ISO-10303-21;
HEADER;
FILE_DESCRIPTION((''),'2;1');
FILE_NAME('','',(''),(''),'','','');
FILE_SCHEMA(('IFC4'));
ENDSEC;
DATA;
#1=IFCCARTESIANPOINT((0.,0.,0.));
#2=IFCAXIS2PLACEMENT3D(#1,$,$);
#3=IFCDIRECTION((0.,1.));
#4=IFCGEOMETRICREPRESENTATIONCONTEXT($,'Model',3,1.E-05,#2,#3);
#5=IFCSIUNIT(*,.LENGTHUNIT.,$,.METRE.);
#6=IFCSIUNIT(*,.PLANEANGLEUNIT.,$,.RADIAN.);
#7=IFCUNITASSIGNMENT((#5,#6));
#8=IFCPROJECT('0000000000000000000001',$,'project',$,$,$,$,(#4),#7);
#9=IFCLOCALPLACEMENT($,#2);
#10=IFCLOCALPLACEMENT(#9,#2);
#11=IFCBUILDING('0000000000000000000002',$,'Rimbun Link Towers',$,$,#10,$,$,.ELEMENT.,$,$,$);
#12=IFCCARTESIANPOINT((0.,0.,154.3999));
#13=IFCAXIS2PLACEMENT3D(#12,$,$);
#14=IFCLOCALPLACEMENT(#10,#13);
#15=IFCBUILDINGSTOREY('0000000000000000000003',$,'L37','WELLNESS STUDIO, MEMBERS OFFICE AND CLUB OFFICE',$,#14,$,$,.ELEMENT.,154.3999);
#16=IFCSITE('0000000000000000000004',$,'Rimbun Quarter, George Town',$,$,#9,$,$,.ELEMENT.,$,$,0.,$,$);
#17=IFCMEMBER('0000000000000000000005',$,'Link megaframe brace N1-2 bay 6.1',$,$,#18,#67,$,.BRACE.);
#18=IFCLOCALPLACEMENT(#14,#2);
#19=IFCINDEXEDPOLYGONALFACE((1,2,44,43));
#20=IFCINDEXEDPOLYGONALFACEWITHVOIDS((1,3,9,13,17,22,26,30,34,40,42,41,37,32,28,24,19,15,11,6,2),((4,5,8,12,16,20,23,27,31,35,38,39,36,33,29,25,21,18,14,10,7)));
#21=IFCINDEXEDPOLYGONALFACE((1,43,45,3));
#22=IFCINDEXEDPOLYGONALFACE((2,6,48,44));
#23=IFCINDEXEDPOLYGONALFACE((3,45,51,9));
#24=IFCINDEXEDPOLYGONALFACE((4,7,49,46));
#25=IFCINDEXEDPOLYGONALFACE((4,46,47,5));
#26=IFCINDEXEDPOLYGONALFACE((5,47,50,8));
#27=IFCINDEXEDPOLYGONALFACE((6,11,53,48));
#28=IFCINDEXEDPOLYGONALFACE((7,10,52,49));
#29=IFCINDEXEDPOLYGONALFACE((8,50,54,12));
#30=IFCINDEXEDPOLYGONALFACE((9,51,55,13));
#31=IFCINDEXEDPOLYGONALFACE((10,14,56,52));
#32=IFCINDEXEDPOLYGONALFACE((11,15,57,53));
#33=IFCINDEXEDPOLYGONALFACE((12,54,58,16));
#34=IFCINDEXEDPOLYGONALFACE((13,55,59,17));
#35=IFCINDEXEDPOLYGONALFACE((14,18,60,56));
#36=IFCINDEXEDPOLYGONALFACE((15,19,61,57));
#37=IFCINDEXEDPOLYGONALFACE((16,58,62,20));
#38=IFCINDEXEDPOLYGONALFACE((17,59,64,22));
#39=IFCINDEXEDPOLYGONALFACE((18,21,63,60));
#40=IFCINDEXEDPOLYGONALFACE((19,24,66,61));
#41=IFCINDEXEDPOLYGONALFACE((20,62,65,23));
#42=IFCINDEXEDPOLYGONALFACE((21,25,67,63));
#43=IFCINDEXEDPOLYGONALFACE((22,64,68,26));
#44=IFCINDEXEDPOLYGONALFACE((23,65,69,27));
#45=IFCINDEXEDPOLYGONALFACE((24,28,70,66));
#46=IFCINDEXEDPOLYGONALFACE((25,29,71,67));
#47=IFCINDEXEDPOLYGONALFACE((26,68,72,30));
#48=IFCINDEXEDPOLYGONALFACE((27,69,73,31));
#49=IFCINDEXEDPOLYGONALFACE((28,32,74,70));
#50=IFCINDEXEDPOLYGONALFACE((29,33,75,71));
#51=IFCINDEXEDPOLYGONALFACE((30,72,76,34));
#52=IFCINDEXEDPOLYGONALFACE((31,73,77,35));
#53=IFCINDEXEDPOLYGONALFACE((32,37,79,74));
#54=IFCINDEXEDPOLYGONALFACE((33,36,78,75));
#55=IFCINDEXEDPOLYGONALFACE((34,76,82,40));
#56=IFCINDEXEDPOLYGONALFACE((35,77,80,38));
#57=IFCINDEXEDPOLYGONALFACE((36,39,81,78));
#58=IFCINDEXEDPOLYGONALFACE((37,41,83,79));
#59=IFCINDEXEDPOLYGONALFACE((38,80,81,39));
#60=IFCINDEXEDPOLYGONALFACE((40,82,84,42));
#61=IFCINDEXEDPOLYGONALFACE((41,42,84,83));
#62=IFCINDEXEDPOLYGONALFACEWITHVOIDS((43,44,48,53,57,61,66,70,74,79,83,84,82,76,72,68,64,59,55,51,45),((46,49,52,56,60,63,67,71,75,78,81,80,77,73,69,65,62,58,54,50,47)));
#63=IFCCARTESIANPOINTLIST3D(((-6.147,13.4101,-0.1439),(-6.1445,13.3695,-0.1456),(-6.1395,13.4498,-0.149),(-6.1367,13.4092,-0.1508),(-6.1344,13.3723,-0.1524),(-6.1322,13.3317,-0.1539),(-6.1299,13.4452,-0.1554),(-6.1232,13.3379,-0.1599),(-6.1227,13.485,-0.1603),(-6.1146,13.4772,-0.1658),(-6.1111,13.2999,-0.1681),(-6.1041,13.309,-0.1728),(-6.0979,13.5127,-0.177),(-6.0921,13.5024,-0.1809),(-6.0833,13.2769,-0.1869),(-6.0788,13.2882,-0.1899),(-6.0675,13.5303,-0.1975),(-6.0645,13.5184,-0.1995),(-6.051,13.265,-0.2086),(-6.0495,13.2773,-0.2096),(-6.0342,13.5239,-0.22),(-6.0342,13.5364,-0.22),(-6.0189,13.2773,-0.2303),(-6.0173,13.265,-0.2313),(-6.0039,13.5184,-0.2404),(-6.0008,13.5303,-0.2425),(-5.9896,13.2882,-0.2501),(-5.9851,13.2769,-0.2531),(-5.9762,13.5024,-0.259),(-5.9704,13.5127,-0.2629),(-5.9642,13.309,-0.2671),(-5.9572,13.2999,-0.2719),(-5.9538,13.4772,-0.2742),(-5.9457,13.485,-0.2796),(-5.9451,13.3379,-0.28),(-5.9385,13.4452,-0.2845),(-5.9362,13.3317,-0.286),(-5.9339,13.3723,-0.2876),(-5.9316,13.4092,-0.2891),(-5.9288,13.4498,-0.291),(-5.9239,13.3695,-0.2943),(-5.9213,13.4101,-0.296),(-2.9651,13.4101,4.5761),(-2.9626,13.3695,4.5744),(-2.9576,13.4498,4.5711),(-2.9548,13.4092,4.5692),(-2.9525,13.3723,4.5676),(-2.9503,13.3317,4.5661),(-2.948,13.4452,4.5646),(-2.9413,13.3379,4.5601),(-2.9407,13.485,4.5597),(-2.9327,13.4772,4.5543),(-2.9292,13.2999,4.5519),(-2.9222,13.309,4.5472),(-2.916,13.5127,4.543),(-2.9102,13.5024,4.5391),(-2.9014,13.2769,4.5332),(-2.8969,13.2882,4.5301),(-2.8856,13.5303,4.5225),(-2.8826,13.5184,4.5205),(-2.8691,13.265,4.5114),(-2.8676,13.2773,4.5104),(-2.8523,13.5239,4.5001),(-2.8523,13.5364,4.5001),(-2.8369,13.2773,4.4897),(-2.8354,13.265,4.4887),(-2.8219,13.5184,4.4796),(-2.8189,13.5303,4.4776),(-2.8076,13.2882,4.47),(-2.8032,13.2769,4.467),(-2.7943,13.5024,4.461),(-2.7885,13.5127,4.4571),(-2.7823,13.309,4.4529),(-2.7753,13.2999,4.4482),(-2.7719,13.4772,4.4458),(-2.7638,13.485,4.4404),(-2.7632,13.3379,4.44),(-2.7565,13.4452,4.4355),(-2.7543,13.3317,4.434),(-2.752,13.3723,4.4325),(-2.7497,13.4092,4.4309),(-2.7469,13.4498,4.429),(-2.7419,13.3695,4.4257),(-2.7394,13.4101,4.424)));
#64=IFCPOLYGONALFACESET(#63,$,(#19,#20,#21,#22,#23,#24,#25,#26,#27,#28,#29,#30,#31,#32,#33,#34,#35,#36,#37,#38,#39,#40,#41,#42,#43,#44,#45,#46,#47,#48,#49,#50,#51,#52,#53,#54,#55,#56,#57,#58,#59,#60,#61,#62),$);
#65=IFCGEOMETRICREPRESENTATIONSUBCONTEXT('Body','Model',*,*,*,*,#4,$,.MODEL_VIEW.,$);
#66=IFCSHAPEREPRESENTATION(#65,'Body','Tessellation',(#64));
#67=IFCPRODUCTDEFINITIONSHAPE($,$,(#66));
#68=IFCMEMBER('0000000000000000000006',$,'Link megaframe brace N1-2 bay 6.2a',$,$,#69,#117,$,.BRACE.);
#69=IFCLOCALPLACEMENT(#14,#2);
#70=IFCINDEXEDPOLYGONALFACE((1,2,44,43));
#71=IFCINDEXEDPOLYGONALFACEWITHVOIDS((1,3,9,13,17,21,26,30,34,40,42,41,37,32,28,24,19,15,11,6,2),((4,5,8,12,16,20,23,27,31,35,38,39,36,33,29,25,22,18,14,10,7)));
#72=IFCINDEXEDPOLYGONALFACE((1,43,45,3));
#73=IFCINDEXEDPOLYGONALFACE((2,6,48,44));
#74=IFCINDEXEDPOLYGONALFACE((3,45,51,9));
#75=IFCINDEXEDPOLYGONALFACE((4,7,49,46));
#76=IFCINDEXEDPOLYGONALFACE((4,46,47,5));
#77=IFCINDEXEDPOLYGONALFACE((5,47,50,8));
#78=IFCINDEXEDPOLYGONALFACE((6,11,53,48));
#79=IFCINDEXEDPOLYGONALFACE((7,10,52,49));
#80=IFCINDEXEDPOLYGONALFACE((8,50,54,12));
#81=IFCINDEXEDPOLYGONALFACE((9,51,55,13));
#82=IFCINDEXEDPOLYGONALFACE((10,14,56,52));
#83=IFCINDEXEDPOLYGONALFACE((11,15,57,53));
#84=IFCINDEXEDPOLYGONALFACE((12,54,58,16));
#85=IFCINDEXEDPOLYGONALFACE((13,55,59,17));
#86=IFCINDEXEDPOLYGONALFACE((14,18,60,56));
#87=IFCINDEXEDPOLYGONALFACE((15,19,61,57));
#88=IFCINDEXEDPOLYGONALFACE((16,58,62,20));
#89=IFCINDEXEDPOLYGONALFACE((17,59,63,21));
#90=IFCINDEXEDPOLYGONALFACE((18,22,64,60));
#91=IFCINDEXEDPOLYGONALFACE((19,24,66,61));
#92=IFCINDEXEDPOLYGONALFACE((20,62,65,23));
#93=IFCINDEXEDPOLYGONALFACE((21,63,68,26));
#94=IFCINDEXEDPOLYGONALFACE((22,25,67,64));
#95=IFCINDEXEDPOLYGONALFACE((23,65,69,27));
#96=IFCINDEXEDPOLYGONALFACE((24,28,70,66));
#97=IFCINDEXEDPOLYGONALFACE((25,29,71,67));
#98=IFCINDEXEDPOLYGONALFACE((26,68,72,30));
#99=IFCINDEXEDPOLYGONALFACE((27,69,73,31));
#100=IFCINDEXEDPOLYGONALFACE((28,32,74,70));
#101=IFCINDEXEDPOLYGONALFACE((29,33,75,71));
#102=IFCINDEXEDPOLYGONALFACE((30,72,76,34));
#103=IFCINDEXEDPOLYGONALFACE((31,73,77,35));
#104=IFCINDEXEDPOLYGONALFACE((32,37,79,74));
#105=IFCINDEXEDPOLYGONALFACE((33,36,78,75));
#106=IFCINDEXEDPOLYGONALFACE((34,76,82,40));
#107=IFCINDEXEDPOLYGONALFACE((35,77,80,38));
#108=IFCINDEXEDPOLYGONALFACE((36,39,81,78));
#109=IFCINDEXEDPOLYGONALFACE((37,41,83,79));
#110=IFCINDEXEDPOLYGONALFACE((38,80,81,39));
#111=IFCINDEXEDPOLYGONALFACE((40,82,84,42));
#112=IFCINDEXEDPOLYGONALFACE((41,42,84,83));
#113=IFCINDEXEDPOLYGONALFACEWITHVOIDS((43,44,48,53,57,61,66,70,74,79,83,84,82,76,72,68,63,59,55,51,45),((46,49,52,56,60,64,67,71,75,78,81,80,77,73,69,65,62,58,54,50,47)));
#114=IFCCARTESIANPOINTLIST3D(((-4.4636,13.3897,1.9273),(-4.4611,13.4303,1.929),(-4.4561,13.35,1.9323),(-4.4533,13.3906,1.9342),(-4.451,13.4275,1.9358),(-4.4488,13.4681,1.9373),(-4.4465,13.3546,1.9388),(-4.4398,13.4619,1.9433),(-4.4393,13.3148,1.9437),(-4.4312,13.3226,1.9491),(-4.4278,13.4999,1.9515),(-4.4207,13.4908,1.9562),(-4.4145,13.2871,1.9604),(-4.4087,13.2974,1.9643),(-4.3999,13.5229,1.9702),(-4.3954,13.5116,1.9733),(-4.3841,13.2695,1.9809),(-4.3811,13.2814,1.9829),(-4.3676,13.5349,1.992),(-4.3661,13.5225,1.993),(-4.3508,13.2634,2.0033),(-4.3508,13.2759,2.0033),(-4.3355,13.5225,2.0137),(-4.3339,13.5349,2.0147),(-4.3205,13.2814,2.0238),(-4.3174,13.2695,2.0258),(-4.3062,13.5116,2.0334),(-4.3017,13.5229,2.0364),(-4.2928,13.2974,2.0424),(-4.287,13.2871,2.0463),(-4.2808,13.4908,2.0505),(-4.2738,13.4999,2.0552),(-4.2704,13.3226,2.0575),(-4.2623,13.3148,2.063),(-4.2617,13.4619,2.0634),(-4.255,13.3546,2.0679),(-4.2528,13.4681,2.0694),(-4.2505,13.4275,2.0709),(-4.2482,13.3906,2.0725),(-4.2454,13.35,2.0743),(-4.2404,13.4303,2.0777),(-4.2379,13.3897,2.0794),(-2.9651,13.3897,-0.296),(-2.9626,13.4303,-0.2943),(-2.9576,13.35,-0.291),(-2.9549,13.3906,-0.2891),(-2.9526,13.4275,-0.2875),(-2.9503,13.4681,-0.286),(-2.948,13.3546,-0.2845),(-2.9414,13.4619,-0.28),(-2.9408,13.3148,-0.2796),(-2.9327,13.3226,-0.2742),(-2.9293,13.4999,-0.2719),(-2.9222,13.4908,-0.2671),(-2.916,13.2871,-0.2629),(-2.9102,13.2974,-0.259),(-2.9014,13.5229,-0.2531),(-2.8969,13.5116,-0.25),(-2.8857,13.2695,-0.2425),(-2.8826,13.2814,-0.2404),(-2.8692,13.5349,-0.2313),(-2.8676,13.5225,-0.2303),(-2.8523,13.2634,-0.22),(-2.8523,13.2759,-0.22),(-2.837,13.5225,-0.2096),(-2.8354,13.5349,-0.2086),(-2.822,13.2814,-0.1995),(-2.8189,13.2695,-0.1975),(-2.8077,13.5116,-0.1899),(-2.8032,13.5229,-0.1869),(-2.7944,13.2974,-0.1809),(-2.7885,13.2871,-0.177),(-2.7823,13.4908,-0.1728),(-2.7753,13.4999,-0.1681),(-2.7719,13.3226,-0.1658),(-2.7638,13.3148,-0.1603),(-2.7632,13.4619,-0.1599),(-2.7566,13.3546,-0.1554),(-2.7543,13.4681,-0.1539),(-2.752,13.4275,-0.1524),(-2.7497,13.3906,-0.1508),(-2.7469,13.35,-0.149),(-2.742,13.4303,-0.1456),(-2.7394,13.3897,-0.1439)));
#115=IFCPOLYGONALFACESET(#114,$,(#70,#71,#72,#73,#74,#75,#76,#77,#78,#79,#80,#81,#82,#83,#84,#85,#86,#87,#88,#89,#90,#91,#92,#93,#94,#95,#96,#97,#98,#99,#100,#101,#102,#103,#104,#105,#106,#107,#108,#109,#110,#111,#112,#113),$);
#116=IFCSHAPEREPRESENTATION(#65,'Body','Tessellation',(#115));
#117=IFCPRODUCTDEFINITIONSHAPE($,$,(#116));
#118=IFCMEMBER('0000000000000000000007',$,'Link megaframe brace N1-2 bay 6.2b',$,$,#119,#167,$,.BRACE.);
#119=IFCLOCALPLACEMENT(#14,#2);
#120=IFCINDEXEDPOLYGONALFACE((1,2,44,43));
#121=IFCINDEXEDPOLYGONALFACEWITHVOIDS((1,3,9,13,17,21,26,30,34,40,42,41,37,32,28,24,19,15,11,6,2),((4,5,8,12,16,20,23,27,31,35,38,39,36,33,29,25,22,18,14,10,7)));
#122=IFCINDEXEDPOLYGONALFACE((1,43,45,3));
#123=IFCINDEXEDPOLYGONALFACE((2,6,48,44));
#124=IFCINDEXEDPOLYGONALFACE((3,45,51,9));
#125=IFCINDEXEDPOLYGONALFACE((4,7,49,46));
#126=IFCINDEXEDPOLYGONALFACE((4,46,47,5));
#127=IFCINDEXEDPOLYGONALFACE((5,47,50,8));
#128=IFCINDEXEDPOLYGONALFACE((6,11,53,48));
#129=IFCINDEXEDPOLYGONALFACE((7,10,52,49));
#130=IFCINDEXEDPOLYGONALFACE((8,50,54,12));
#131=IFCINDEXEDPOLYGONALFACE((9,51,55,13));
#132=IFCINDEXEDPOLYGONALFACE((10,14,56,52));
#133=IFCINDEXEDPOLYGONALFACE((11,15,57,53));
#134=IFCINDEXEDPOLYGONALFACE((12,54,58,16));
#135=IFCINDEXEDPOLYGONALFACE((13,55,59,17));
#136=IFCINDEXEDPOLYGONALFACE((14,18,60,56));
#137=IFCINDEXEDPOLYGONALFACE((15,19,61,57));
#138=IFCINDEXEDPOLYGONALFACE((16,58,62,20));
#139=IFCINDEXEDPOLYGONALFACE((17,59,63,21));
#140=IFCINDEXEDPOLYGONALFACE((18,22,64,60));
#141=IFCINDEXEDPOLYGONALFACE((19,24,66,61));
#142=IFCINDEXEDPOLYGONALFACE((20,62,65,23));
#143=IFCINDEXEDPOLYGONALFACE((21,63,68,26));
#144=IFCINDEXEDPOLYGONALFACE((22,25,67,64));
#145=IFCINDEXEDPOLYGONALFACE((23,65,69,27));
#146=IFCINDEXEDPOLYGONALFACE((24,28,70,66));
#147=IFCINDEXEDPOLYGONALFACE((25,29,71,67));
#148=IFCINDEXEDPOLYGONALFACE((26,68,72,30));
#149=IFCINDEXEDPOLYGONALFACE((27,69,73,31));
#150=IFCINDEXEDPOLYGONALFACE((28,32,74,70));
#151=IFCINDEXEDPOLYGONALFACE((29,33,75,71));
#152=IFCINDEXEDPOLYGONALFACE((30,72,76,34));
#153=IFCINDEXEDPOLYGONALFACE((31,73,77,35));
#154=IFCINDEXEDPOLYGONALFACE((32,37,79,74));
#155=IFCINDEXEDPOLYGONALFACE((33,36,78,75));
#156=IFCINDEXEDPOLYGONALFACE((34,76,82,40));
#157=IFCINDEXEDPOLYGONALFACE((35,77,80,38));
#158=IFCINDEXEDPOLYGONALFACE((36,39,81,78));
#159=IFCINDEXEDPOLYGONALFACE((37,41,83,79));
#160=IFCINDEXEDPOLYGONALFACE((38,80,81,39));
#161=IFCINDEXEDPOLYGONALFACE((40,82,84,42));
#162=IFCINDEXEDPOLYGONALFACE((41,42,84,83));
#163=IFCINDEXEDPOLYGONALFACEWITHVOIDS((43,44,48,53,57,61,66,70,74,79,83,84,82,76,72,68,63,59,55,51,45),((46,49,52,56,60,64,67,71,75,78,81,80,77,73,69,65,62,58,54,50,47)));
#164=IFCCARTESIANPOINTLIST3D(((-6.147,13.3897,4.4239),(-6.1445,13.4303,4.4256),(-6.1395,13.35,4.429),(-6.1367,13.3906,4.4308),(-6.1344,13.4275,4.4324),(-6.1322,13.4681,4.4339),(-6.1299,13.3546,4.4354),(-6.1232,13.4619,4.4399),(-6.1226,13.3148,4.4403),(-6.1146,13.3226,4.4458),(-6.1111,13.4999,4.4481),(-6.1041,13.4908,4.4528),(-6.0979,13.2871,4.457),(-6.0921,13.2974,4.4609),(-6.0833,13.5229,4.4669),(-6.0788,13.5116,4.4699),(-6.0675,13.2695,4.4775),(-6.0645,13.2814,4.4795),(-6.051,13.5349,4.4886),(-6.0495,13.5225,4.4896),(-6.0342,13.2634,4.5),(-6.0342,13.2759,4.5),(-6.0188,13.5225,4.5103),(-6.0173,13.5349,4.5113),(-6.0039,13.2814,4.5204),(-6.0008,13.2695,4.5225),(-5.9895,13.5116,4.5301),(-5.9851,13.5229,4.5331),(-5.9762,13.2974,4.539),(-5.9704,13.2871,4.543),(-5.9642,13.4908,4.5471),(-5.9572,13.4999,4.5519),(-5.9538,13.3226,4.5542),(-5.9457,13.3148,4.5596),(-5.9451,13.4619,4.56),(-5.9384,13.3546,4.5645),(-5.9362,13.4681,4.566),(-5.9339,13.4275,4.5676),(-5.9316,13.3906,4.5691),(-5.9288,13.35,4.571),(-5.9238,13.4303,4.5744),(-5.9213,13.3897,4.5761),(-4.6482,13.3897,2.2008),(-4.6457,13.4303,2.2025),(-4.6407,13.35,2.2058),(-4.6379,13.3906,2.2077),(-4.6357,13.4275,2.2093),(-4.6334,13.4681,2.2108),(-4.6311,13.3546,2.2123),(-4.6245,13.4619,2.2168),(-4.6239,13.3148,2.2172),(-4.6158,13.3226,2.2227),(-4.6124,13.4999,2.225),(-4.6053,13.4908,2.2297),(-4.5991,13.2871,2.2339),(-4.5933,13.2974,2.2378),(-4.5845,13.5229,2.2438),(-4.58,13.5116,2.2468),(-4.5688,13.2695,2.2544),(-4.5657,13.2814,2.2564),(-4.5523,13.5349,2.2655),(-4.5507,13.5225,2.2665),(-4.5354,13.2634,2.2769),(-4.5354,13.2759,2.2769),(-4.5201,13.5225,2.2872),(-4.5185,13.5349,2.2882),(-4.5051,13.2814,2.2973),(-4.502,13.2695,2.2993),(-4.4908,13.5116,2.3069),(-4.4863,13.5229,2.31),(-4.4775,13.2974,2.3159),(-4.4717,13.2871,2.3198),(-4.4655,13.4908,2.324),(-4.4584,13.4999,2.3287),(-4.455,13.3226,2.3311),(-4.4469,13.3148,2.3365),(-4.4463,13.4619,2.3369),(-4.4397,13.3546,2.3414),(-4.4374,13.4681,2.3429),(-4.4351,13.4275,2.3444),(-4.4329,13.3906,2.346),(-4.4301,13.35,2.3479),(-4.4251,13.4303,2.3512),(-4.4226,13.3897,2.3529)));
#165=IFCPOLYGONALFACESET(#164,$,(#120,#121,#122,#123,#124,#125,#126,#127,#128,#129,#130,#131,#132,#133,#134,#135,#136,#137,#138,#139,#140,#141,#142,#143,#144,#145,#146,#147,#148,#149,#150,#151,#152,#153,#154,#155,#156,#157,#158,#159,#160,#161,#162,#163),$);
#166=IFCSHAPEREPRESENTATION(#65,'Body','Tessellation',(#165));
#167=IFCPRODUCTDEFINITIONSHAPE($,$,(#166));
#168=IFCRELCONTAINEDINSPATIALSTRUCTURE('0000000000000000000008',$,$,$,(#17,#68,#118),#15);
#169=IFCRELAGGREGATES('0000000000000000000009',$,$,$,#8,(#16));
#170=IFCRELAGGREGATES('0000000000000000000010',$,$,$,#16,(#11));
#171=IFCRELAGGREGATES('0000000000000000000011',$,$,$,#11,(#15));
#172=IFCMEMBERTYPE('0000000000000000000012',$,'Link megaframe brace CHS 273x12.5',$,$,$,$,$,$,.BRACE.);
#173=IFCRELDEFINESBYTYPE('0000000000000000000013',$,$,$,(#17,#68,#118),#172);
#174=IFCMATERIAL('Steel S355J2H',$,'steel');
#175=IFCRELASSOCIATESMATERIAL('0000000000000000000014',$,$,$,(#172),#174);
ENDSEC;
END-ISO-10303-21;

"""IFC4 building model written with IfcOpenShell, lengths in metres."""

from ifc_helpers import new_model, si_unit, direction, frame, origin, origin_2d, place, context, subcontext, project, spatial, hollow_circle, extrude, material, material_profile, profile_set, type_object, element, save


model = new_model("IFC4")

# Units and contexts
model_context = context("Model", 3, precision=1e-05, world=origin(), true_north=direction((0.0, 1.0)))
body_context = subcontext(model_context, "Body", "Model", "MODEL_VIEW")
ifc_project = project(units=[si_unit("LENGTHUNIT", "METRE"), si_unit("PLANEANGLEUNIT", "RADIAN")], contexts=[model_context])

# Site, building, storey
site_placement = place(None, origin())
site = spatial("IfcSite", under=ifc_project, at=site_placement, Name="Rimbun Quarter, George Town", CompositionType="ELEMENT", RefElevation=0.0)
building_placement = place(site_placement, origin())
building = spatial("IfcBuilding", under=site, at=building_placement, Name="Rimbun Link Towers", CompositionType="ELEMENT")
storey_placement = place(building_placement, frame((0.0, 0.0, 154.3999)))
storey = spatial("IfcBuildingStorey", under=building, at=storey_placement, Name="L37", Description="WELLNESS STUDIO, MEMBERS OFFICE AND CLUB OFFICE", CompositionType="ELEMENT", Elevation=154.3999)

# Members
ifc_material_1 = material(Name="Steel S355J2H", Category="steel")
ifc_material_profile_1 = material_profile(ifc_material_1, hollow_circle(Radius=0.1365, WallThickness=0.0125, at=origin_2d()), Name="CHS 273x12.5")
ifc_profile_set_1 = profile_set([ifc_material_profile_1], Name="Steel S355J2H")
member_type_1 = type_object("IfcMemberType", Name="Link megaframe brace CHS 273x12.5", PredefinedType="BRACE", material=ifc_profile_set_1)
member_1_placement = place(storey_placement, frame((-6.0342, 13.3999, -0.22), z_axis=(0.558978, 0.0, 0.829182), x_axis=(0.0, 1.0, 0.0)))
element("IfcMember", 1, at=member_1_placement, inside=storey, type_object=member_type_1, Name="Link megaframe brace N1-2 bay 6.1", PredefinedType="BRACE", context=body_context, shape_type="SweptSolid", body=[
    extrude(hollow_circle(Radius=0.1365, WallThickness=0.0125, at=origin_2d()), origin(), (0.0, 0.0, 1.0), 5.6924),
])
for number, where, z_axis, x_axis, name in (
    (2, (-2.8523, 13.3999, -0.22), (-0.558896, 0.0, 0.829238), (0.0, -1.0, 0.0), "Link megaframe brace N1-2 bay 6.2a"),
    (3, (-4.5354, 13.3999, 2.2769), (-0.559, 0.0, 0.829167), (0.0, -1.0, 0.0), "Link megaframe brace N1-2 bay 6.2b"),
):
    element("IfcMember", number, at=place(storey_placement, frame(where, z_axis=z_axis, x_axis=x_axis)), inside=storey, type_object=member_type_1, Name=name, PredefinedType="BRACE", context=body_context, shape_type="SweptSolid", body=[
        extrude(hollow_circle(Radius=0.1365, WallThickness=0.0125, at=origin_2d()), origin(), (0.0, 0.0, 1.0), 2.6812),
    ])

save(model, "model.ifc")
